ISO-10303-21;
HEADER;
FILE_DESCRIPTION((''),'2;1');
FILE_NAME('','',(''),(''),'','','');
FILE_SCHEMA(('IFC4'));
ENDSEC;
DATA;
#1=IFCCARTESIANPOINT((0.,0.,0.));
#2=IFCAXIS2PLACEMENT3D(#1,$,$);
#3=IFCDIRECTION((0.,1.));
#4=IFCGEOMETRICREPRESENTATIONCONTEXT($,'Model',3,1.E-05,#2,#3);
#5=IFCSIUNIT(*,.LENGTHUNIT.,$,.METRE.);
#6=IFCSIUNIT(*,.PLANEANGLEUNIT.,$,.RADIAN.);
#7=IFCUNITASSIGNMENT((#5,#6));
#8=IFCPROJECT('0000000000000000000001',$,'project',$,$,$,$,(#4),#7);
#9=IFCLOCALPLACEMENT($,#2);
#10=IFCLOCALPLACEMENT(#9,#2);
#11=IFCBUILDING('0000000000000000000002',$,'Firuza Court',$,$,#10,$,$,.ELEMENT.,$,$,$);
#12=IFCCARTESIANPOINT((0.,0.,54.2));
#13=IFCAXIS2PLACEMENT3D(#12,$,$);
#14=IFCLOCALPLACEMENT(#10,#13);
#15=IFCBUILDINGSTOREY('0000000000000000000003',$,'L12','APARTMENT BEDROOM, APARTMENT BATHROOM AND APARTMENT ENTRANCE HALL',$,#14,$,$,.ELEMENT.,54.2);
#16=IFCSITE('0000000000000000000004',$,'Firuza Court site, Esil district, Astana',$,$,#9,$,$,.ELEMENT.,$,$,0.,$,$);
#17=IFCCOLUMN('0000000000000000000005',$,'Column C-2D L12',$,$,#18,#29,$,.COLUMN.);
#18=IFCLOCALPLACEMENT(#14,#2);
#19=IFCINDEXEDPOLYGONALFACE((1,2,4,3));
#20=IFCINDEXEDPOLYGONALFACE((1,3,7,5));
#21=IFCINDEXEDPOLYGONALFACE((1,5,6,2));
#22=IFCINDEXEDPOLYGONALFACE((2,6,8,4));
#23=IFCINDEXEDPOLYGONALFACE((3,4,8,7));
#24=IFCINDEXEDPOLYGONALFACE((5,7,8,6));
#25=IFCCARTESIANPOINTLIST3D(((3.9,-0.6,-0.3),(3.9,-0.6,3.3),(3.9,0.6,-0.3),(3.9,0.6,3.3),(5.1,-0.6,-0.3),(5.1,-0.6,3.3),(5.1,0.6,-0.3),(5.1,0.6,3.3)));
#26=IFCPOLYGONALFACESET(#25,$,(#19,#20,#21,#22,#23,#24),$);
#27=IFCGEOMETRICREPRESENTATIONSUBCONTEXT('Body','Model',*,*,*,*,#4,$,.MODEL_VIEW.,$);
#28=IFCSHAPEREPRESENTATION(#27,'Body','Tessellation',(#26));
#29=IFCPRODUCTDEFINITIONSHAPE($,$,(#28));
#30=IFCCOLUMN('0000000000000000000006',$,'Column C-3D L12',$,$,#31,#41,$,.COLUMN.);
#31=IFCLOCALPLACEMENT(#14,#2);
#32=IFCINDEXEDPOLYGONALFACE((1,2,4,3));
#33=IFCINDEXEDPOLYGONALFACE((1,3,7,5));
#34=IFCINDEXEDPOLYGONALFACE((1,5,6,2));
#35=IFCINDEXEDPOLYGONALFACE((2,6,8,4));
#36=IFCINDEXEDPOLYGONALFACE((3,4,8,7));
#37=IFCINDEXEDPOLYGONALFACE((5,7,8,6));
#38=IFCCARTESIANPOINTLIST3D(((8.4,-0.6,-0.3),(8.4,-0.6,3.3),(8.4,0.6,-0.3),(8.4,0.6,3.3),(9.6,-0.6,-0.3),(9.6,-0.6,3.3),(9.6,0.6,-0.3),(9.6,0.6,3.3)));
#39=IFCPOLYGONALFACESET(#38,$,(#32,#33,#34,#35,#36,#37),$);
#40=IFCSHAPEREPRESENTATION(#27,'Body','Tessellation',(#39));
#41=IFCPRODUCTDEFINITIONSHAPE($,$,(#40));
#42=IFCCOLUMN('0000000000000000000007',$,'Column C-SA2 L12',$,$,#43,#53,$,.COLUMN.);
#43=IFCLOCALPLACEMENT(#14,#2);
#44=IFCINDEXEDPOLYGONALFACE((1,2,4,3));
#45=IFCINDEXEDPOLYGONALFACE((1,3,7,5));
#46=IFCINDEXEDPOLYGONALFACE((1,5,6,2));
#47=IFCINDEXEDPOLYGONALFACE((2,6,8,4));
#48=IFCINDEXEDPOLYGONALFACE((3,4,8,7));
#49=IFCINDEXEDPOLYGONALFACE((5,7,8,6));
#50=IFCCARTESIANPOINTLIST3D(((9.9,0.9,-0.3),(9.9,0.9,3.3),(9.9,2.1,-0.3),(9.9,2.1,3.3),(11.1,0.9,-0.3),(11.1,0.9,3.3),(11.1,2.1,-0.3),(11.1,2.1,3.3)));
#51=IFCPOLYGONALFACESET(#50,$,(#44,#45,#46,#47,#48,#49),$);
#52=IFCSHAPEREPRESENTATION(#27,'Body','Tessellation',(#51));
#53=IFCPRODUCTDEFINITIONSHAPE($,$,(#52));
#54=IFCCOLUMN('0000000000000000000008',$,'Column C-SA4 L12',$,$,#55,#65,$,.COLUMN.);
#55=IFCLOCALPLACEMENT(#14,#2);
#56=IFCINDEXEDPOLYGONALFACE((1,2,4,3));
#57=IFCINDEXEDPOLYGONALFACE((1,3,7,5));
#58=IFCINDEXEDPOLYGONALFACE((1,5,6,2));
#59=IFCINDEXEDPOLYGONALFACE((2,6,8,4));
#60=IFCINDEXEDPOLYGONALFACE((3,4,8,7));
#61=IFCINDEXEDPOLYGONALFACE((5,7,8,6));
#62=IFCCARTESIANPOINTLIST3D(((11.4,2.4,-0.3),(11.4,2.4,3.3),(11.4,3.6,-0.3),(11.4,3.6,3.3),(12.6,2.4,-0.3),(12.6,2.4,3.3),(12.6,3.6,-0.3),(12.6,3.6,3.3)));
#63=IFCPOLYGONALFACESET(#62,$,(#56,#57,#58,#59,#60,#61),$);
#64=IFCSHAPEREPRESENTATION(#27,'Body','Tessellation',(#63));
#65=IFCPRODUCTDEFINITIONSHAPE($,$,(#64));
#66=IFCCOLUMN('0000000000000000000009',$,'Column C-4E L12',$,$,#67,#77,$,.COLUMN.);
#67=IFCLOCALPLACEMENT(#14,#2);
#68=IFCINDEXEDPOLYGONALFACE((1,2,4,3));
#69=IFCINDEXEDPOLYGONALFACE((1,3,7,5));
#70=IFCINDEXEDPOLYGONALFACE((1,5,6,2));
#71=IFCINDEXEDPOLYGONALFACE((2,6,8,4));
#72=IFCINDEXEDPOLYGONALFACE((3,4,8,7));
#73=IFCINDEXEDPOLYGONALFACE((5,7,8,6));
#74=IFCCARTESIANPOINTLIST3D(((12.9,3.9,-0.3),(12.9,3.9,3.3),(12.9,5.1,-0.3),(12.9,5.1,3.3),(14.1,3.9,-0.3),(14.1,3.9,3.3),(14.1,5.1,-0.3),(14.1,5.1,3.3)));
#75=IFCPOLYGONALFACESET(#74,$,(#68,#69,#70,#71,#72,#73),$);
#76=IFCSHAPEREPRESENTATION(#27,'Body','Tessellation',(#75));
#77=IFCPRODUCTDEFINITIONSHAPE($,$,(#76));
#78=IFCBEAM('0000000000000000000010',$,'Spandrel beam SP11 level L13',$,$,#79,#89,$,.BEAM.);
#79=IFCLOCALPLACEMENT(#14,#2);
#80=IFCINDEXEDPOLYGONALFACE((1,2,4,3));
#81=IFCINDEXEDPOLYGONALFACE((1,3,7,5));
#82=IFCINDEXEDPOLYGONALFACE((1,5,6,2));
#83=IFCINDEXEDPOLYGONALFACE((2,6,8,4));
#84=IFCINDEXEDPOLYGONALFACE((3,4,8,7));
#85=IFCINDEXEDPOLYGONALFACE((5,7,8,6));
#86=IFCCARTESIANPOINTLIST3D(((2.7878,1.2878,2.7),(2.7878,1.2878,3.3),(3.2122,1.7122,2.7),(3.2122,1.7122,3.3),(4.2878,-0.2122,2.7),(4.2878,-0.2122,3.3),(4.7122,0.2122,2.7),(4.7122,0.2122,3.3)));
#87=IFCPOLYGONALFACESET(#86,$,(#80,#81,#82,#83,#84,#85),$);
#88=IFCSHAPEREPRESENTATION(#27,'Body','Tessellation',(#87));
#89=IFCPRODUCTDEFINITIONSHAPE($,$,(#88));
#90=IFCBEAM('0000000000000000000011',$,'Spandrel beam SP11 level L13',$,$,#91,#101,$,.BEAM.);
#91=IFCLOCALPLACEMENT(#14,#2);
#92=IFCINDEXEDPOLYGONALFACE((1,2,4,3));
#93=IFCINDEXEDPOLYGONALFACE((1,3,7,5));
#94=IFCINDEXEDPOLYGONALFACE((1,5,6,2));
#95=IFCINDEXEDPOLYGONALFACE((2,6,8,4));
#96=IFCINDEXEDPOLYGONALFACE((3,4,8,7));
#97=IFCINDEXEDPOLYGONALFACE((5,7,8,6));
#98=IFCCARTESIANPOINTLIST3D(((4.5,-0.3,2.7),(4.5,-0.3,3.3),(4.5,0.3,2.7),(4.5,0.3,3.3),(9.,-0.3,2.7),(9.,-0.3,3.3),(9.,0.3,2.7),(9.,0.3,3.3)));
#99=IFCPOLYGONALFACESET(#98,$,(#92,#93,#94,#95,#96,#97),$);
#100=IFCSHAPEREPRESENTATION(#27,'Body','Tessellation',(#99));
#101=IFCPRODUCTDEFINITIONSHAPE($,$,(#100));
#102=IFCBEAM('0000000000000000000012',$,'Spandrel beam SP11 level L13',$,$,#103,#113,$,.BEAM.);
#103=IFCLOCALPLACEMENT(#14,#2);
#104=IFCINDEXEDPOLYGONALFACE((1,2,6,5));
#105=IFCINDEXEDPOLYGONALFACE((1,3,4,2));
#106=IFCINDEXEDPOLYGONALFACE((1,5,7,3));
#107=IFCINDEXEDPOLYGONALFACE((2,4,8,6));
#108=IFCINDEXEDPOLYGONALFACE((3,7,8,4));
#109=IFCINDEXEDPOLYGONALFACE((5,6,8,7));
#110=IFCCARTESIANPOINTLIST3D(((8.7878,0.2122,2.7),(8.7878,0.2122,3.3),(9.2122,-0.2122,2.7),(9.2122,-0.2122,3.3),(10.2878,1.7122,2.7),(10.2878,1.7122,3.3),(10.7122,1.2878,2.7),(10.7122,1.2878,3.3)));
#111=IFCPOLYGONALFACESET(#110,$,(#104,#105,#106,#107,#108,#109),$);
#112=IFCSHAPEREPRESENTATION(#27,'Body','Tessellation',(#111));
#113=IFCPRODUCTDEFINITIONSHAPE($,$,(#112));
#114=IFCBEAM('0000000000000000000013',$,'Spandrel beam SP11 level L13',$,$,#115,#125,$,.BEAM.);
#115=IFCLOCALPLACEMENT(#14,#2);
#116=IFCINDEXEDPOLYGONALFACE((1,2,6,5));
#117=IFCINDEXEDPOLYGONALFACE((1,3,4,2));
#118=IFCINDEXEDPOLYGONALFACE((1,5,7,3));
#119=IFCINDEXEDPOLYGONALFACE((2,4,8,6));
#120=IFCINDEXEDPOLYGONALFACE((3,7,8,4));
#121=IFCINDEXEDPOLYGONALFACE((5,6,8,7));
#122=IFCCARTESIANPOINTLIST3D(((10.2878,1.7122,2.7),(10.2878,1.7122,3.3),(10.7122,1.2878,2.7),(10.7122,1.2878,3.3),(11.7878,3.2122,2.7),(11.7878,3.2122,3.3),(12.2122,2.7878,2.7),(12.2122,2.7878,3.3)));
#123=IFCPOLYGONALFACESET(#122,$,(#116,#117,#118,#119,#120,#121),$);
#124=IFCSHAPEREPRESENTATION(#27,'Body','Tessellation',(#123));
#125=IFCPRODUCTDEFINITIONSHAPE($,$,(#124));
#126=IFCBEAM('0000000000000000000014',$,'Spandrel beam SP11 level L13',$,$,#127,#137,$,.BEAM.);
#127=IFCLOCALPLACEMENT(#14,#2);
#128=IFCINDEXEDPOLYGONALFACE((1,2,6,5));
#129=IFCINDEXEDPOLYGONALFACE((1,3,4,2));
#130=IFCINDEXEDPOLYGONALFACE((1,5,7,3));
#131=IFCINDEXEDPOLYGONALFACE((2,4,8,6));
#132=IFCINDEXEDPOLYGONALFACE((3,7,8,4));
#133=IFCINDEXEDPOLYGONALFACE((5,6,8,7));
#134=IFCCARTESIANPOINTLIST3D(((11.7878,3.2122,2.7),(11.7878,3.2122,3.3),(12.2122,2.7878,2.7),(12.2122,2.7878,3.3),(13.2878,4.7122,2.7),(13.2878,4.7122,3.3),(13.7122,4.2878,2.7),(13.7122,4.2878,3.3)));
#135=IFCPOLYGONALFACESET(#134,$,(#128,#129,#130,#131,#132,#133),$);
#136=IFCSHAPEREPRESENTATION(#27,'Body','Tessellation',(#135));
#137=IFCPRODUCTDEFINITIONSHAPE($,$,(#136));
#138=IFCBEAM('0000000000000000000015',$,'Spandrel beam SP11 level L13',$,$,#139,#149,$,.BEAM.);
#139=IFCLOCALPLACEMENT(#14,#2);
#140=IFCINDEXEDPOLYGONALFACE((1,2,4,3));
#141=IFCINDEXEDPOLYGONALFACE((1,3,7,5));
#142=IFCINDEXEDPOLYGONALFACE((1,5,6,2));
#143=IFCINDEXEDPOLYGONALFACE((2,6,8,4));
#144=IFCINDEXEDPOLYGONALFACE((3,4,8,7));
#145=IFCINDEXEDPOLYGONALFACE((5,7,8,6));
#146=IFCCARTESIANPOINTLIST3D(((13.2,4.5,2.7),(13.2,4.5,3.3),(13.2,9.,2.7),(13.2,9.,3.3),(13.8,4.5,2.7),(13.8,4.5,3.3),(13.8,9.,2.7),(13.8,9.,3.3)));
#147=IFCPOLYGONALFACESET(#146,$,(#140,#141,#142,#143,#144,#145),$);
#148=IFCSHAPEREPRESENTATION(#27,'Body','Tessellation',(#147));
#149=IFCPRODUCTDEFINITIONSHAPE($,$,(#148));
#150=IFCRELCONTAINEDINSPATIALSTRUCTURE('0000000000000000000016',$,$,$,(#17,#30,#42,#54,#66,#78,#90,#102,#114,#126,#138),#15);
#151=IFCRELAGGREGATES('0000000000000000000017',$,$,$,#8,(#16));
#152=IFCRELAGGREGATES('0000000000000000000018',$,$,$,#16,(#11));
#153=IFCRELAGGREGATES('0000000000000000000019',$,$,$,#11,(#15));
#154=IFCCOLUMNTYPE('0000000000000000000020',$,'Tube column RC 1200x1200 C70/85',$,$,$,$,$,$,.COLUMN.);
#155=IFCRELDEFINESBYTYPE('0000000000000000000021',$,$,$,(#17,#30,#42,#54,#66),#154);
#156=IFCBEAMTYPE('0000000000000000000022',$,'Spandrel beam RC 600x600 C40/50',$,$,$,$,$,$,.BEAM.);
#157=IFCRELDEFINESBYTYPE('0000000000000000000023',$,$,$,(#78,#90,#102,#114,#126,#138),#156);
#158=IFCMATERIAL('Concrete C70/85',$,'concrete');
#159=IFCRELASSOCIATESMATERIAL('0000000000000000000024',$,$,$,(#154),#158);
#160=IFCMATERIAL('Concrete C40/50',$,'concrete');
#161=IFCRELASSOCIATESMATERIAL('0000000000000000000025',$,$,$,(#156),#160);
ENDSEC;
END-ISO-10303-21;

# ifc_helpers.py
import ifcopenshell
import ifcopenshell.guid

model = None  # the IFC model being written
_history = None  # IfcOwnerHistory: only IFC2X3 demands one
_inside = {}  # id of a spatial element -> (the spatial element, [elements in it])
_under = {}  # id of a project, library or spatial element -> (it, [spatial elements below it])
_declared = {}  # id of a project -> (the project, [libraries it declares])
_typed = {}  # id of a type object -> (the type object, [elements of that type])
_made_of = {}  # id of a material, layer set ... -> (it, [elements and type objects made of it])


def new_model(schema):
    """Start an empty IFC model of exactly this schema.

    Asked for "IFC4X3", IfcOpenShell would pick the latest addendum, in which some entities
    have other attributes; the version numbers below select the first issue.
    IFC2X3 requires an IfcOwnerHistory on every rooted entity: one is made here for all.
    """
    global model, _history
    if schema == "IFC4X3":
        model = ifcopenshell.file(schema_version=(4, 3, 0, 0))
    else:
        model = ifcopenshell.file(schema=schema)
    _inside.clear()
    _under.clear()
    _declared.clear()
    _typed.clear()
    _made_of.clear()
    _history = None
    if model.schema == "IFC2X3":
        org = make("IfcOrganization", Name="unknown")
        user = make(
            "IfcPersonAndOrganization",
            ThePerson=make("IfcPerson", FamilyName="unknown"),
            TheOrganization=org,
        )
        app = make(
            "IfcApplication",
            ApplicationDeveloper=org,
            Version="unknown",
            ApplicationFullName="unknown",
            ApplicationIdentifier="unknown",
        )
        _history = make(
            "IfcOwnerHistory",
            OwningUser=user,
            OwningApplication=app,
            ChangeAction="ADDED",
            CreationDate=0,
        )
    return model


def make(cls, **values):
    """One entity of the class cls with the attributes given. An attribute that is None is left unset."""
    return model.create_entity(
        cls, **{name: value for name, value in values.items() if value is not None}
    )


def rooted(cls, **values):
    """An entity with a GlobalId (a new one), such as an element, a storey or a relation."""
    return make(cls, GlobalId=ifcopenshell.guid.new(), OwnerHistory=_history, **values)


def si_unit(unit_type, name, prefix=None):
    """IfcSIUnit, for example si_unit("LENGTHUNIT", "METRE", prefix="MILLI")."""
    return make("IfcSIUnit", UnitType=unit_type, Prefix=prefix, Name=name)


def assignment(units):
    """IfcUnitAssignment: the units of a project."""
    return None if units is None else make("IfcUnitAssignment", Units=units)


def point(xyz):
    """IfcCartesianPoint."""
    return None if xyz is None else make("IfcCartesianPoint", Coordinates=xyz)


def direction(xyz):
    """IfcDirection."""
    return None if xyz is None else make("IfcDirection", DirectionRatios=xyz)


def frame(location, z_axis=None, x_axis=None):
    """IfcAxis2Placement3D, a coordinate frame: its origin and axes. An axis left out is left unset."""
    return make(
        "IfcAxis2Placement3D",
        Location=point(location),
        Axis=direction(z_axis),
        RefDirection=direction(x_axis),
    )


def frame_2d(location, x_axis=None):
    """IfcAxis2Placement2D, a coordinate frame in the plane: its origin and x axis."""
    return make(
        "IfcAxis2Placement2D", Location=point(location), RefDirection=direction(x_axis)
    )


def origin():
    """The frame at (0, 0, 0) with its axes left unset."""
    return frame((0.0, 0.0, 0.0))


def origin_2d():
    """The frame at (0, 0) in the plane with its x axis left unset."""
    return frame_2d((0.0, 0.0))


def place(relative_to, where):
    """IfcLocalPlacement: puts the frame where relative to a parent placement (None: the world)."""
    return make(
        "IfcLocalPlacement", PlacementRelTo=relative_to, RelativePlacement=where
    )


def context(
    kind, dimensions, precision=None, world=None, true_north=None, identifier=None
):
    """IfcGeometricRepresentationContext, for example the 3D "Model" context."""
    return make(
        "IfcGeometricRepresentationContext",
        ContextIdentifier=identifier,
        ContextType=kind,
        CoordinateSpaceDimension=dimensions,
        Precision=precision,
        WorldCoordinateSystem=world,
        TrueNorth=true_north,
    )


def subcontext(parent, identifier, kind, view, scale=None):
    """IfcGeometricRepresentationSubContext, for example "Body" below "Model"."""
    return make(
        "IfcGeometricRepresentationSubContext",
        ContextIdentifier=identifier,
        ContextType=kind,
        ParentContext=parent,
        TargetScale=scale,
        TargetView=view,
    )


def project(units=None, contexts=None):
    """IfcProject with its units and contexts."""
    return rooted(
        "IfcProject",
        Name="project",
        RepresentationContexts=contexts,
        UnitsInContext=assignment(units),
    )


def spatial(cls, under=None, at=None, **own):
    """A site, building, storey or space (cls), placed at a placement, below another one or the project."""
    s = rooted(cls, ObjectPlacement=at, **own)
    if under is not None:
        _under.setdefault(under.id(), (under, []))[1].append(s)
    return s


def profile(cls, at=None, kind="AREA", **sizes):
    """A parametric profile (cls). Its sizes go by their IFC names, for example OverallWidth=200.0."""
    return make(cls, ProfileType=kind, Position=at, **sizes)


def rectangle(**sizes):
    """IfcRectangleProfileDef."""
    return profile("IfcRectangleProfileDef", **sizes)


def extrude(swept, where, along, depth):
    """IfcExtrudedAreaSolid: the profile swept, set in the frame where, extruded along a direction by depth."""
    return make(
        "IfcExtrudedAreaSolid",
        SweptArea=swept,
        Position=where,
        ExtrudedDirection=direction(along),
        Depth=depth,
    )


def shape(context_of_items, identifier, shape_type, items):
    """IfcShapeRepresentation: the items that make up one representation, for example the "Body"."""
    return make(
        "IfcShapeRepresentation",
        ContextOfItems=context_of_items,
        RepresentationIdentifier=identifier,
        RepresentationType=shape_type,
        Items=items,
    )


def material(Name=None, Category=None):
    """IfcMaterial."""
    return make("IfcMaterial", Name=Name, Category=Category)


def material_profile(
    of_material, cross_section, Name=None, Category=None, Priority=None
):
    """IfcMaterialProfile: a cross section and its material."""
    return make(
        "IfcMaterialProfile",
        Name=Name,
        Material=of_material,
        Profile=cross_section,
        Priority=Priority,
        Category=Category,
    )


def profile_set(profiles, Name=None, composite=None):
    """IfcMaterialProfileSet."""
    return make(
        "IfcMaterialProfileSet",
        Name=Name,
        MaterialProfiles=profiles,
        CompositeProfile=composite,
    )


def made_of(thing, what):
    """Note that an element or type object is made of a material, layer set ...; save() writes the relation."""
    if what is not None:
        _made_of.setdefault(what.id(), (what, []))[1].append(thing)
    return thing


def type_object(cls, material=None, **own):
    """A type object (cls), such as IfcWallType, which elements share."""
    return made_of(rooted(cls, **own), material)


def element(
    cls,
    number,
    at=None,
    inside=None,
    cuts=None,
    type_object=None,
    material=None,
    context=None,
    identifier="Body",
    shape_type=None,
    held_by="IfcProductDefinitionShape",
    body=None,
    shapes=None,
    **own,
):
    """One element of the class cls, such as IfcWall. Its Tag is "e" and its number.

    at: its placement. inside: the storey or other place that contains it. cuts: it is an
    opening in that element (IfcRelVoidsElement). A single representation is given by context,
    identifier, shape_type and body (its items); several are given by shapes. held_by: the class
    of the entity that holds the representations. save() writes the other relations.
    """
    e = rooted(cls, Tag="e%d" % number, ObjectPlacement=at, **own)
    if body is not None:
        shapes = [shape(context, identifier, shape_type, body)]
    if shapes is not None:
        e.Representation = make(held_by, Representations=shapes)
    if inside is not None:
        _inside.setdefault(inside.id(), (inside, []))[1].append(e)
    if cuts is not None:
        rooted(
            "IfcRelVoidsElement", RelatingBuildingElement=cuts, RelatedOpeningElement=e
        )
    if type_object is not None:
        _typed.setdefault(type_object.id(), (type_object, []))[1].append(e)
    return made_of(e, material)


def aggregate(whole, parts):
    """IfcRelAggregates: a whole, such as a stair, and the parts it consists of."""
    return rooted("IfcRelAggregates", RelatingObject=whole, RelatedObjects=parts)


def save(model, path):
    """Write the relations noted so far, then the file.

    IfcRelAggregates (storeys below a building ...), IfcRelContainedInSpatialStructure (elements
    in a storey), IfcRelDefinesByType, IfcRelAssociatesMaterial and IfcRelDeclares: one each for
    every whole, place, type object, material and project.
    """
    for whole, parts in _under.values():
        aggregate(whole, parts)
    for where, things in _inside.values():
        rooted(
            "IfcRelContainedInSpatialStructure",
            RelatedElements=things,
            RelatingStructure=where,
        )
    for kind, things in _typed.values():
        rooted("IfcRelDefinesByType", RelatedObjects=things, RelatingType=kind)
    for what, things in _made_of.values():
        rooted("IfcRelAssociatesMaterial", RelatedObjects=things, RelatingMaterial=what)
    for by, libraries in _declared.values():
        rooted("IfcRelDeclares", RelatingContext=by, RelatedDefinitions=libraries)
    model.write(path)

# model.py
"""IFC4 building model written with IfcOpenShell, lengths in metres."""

from ifc_helpers import new_model, si_unit, direction, frame, origin, origin_2d, place, context, subcontext, project, spatial, rectangle, extrude, material, material_profile, profile_set, type_object, element, save


model = new_model("IFC4")

# Units and contexts
model_context = context("Model", 3, precision=1e-05, world=origin(), true_north=direction((0.0, 1.0)))
body_context = subcontext(model_context, "Body", "Model", "MODEL_VIEW")
ifc_project = project(units=[si_unit("LENGTHUNIT", "METRE"), si_unit("PLANEANGLEUNIT", "RADIAN")], contexts=[model_context])

# Site, building, storey
site_placement = place(None, origin())
site = spatial("IfcSite", under=ifc_project, at=site_placement, Name="Firuza Court site, Esil district, Astana", CompositionType="ELEMENT", RefElevation=0.0)
building_placement = place(site_placement, origin())
building = spatial("IfcBuilding", under=site, at=building_placement, Name="Firuza Court", CompositionType="ELEMENT")
storey_placement = place(building_placement, frame((0.0, 0.0, 54.2)))
storey = spatial("IfcBuildingStorey", under=building, at=storey_placement, Name="L12", Description="APARTMENT BEDROOM, APARTMENT BATHROOM AND APARTMENT ENTRANCE HALL", CompositionType="ELEMENT", Elevation=54.2)

# Columns
ifc_material_1 = material(Name="Concrete C70/85", Category="concrete")
ifc_material_profile_1 = material_profile(ifc_material_1, rectangle(XDim=1.2, YDim=1.2, at=origin_2d()), Name="RC 1200x1200")
ifc_profile_set_1 = profile_set([ifc_material_profile_1], Name="Concrete C70/85")
column_type = type_object("IfcColumnType", Name="Tube column RC 1200x1200 C70/85", PredefinedType="COLUMN", material=ifc_profile_set_1)
for number, where, z_axis, x_axis, name in (
    (1, (4.5, 0.0, -0.3), (0.0, 0.0, 1.0), (1.0, 0.0, 0.0), "Column C-2D L12"),
    (2, (9.0, 0.0, -0.3), (0.0, 0.0, 1.0), (1.0, 0.0, 0.0), "Column C-3D L12"),
    (3, (10.5, 1.5, -0.3), (0.0, 0.0, 1.0), (1.0, 0.0, 0.0), "Column C-SA2 L12"),
    (4, (12.0, 3.0, -0.3), (0.0, 0.0, 1.0), (1.0, 0.0, 0.0), "Column C-SA4 L12"),
    (5, (13.5, 4.5, -0.3), (0.0, 0.0, 1.0), (1.0, 0.0, 0.0), "Column C-4E L12"),
):
    element("IfcColumn", number, at=place(storey_placement, frame(where, z_axis=z_axis, x_axis=x_axis)), inside=storey, type_object=column_type, Name=name, PredefinedType="COLUMN", context=body_context, shape_type="SweptSolid", body=[
        extrude(rectangle(XDim=1.2, YDim=1.2, at=origin_2d()), origin(), (0.0, 0.0, 1.0), 3.6001),
    ])

# Beams
ifc_material_2 = material(Name="Concrete C40/50", Category="concrete")
ifc_material_profile_2 = material_profile(ifc_material_2, rectangle(XDim=0.6001, YDim=0.6001, at=origin_2d()), Name="RC 600x600")
ifc_profile_set_2 = profile_set([ifc_material_profile_2], Name="Concrete C40/50")
beam_type = type_object("IfcBeamType", Name="Spandrel beam RC 600x600 C40/50", PredefinedType="BEAM", material=ifc_profile_set_2)
beam_1_placement = place(storey_placement, frame((3.0, 1.5, 3.0), z_axis=(0.707107, -0.707107, 0.0), x_axis=(0.707107, 0.707107, 0.0)))
element("IfcBeam", 6, at=beam_1_placement, inside=storey, type_object=beam_type, Name="Spandrel beam SP11 level L13", PredefinedType="BEAM", context=body_context, shape_type="SweptSolid", body=[
    extrude(rectangle(XDim=0.6001, YDim=0.6001, at=origin_2d()), origin(), (0.0, 0.0, 1.0), 2.1213),
])
beam_2_placement = place(storey_placement, frame((4.5, 0.0, 3.0), z_axis=(1.0, 0.0, 0.0), x_axis=(0.0, 1.0, 0.0)))
element("IfcBeam", 7, at=beam_2_placement, inside=storey, type_object=beam_type, Name="Spandrel beam SP11 level L13", PredefinedType="BEAM", context=body_context, shape_type="SweptSolid", body=[
    extrude(rectangle(XDim=0.6001, YDim=0.6001, at=origin_2d()), origin(), (0.0, 0.0, 1.0), 4.5),
])
for number, where, z_axis, x_axis, name in (
    (8, (9.0, 0.0, 3.0), (0.707107, 0.707107, 0.0), (-0.707107, 0.707107, 0.0), "Spandrel beam SP11 level L13"),
    (9, (10.5, 1.5, 3.0), (0.707107, 0.707107, 0.0), (-0.707107, 0.707107, 0.0), "Spandrel beam SP11 level L13"),
    (10, (12.0, 3.0, 3.0), (0.707107, 0.707107, 0.0), (-0.707107, 0.707107, 0.0), "Spandrel beam SP11 level L13"),
):
    element("IfcBeam", number, at=place(storey_placement, frame(where, z_axis=z_axis, x_axis=x_axis)), inside=storey, type_object=beam_type, Name=name, PredefinedType="BEAM", context=body_context, shape_type="SweptSolid", body=[
        extrude(rectangle(XDim=0.6001, YDim=0.6001, at=origin_2d()), origin(), (0.0, 0.0, 1.0), 2.1213),
    ])
beam_3_placement = place(storey_placement, frame((13.5, 4.5, 3.0), z_axis=(0.0, 1.0, 0.0), x_axis=(-1.0, 0.0, 0.0)))
element("IfcBeam", 11, at=beam_3_placement, inside=storey, type_object=beam_type, Name="Spandrel beam SP11 level L13", PredefinedType="BEAM", context=body_context, shape_type="SweptSolid", body=[
    extrude(rectangle(XDim=0.6001, YDim=0.6001, at=origin_2d()), origin(), (0.0, 0.0, 1.0), 4.5),
])

save(model, "model.ifc")
